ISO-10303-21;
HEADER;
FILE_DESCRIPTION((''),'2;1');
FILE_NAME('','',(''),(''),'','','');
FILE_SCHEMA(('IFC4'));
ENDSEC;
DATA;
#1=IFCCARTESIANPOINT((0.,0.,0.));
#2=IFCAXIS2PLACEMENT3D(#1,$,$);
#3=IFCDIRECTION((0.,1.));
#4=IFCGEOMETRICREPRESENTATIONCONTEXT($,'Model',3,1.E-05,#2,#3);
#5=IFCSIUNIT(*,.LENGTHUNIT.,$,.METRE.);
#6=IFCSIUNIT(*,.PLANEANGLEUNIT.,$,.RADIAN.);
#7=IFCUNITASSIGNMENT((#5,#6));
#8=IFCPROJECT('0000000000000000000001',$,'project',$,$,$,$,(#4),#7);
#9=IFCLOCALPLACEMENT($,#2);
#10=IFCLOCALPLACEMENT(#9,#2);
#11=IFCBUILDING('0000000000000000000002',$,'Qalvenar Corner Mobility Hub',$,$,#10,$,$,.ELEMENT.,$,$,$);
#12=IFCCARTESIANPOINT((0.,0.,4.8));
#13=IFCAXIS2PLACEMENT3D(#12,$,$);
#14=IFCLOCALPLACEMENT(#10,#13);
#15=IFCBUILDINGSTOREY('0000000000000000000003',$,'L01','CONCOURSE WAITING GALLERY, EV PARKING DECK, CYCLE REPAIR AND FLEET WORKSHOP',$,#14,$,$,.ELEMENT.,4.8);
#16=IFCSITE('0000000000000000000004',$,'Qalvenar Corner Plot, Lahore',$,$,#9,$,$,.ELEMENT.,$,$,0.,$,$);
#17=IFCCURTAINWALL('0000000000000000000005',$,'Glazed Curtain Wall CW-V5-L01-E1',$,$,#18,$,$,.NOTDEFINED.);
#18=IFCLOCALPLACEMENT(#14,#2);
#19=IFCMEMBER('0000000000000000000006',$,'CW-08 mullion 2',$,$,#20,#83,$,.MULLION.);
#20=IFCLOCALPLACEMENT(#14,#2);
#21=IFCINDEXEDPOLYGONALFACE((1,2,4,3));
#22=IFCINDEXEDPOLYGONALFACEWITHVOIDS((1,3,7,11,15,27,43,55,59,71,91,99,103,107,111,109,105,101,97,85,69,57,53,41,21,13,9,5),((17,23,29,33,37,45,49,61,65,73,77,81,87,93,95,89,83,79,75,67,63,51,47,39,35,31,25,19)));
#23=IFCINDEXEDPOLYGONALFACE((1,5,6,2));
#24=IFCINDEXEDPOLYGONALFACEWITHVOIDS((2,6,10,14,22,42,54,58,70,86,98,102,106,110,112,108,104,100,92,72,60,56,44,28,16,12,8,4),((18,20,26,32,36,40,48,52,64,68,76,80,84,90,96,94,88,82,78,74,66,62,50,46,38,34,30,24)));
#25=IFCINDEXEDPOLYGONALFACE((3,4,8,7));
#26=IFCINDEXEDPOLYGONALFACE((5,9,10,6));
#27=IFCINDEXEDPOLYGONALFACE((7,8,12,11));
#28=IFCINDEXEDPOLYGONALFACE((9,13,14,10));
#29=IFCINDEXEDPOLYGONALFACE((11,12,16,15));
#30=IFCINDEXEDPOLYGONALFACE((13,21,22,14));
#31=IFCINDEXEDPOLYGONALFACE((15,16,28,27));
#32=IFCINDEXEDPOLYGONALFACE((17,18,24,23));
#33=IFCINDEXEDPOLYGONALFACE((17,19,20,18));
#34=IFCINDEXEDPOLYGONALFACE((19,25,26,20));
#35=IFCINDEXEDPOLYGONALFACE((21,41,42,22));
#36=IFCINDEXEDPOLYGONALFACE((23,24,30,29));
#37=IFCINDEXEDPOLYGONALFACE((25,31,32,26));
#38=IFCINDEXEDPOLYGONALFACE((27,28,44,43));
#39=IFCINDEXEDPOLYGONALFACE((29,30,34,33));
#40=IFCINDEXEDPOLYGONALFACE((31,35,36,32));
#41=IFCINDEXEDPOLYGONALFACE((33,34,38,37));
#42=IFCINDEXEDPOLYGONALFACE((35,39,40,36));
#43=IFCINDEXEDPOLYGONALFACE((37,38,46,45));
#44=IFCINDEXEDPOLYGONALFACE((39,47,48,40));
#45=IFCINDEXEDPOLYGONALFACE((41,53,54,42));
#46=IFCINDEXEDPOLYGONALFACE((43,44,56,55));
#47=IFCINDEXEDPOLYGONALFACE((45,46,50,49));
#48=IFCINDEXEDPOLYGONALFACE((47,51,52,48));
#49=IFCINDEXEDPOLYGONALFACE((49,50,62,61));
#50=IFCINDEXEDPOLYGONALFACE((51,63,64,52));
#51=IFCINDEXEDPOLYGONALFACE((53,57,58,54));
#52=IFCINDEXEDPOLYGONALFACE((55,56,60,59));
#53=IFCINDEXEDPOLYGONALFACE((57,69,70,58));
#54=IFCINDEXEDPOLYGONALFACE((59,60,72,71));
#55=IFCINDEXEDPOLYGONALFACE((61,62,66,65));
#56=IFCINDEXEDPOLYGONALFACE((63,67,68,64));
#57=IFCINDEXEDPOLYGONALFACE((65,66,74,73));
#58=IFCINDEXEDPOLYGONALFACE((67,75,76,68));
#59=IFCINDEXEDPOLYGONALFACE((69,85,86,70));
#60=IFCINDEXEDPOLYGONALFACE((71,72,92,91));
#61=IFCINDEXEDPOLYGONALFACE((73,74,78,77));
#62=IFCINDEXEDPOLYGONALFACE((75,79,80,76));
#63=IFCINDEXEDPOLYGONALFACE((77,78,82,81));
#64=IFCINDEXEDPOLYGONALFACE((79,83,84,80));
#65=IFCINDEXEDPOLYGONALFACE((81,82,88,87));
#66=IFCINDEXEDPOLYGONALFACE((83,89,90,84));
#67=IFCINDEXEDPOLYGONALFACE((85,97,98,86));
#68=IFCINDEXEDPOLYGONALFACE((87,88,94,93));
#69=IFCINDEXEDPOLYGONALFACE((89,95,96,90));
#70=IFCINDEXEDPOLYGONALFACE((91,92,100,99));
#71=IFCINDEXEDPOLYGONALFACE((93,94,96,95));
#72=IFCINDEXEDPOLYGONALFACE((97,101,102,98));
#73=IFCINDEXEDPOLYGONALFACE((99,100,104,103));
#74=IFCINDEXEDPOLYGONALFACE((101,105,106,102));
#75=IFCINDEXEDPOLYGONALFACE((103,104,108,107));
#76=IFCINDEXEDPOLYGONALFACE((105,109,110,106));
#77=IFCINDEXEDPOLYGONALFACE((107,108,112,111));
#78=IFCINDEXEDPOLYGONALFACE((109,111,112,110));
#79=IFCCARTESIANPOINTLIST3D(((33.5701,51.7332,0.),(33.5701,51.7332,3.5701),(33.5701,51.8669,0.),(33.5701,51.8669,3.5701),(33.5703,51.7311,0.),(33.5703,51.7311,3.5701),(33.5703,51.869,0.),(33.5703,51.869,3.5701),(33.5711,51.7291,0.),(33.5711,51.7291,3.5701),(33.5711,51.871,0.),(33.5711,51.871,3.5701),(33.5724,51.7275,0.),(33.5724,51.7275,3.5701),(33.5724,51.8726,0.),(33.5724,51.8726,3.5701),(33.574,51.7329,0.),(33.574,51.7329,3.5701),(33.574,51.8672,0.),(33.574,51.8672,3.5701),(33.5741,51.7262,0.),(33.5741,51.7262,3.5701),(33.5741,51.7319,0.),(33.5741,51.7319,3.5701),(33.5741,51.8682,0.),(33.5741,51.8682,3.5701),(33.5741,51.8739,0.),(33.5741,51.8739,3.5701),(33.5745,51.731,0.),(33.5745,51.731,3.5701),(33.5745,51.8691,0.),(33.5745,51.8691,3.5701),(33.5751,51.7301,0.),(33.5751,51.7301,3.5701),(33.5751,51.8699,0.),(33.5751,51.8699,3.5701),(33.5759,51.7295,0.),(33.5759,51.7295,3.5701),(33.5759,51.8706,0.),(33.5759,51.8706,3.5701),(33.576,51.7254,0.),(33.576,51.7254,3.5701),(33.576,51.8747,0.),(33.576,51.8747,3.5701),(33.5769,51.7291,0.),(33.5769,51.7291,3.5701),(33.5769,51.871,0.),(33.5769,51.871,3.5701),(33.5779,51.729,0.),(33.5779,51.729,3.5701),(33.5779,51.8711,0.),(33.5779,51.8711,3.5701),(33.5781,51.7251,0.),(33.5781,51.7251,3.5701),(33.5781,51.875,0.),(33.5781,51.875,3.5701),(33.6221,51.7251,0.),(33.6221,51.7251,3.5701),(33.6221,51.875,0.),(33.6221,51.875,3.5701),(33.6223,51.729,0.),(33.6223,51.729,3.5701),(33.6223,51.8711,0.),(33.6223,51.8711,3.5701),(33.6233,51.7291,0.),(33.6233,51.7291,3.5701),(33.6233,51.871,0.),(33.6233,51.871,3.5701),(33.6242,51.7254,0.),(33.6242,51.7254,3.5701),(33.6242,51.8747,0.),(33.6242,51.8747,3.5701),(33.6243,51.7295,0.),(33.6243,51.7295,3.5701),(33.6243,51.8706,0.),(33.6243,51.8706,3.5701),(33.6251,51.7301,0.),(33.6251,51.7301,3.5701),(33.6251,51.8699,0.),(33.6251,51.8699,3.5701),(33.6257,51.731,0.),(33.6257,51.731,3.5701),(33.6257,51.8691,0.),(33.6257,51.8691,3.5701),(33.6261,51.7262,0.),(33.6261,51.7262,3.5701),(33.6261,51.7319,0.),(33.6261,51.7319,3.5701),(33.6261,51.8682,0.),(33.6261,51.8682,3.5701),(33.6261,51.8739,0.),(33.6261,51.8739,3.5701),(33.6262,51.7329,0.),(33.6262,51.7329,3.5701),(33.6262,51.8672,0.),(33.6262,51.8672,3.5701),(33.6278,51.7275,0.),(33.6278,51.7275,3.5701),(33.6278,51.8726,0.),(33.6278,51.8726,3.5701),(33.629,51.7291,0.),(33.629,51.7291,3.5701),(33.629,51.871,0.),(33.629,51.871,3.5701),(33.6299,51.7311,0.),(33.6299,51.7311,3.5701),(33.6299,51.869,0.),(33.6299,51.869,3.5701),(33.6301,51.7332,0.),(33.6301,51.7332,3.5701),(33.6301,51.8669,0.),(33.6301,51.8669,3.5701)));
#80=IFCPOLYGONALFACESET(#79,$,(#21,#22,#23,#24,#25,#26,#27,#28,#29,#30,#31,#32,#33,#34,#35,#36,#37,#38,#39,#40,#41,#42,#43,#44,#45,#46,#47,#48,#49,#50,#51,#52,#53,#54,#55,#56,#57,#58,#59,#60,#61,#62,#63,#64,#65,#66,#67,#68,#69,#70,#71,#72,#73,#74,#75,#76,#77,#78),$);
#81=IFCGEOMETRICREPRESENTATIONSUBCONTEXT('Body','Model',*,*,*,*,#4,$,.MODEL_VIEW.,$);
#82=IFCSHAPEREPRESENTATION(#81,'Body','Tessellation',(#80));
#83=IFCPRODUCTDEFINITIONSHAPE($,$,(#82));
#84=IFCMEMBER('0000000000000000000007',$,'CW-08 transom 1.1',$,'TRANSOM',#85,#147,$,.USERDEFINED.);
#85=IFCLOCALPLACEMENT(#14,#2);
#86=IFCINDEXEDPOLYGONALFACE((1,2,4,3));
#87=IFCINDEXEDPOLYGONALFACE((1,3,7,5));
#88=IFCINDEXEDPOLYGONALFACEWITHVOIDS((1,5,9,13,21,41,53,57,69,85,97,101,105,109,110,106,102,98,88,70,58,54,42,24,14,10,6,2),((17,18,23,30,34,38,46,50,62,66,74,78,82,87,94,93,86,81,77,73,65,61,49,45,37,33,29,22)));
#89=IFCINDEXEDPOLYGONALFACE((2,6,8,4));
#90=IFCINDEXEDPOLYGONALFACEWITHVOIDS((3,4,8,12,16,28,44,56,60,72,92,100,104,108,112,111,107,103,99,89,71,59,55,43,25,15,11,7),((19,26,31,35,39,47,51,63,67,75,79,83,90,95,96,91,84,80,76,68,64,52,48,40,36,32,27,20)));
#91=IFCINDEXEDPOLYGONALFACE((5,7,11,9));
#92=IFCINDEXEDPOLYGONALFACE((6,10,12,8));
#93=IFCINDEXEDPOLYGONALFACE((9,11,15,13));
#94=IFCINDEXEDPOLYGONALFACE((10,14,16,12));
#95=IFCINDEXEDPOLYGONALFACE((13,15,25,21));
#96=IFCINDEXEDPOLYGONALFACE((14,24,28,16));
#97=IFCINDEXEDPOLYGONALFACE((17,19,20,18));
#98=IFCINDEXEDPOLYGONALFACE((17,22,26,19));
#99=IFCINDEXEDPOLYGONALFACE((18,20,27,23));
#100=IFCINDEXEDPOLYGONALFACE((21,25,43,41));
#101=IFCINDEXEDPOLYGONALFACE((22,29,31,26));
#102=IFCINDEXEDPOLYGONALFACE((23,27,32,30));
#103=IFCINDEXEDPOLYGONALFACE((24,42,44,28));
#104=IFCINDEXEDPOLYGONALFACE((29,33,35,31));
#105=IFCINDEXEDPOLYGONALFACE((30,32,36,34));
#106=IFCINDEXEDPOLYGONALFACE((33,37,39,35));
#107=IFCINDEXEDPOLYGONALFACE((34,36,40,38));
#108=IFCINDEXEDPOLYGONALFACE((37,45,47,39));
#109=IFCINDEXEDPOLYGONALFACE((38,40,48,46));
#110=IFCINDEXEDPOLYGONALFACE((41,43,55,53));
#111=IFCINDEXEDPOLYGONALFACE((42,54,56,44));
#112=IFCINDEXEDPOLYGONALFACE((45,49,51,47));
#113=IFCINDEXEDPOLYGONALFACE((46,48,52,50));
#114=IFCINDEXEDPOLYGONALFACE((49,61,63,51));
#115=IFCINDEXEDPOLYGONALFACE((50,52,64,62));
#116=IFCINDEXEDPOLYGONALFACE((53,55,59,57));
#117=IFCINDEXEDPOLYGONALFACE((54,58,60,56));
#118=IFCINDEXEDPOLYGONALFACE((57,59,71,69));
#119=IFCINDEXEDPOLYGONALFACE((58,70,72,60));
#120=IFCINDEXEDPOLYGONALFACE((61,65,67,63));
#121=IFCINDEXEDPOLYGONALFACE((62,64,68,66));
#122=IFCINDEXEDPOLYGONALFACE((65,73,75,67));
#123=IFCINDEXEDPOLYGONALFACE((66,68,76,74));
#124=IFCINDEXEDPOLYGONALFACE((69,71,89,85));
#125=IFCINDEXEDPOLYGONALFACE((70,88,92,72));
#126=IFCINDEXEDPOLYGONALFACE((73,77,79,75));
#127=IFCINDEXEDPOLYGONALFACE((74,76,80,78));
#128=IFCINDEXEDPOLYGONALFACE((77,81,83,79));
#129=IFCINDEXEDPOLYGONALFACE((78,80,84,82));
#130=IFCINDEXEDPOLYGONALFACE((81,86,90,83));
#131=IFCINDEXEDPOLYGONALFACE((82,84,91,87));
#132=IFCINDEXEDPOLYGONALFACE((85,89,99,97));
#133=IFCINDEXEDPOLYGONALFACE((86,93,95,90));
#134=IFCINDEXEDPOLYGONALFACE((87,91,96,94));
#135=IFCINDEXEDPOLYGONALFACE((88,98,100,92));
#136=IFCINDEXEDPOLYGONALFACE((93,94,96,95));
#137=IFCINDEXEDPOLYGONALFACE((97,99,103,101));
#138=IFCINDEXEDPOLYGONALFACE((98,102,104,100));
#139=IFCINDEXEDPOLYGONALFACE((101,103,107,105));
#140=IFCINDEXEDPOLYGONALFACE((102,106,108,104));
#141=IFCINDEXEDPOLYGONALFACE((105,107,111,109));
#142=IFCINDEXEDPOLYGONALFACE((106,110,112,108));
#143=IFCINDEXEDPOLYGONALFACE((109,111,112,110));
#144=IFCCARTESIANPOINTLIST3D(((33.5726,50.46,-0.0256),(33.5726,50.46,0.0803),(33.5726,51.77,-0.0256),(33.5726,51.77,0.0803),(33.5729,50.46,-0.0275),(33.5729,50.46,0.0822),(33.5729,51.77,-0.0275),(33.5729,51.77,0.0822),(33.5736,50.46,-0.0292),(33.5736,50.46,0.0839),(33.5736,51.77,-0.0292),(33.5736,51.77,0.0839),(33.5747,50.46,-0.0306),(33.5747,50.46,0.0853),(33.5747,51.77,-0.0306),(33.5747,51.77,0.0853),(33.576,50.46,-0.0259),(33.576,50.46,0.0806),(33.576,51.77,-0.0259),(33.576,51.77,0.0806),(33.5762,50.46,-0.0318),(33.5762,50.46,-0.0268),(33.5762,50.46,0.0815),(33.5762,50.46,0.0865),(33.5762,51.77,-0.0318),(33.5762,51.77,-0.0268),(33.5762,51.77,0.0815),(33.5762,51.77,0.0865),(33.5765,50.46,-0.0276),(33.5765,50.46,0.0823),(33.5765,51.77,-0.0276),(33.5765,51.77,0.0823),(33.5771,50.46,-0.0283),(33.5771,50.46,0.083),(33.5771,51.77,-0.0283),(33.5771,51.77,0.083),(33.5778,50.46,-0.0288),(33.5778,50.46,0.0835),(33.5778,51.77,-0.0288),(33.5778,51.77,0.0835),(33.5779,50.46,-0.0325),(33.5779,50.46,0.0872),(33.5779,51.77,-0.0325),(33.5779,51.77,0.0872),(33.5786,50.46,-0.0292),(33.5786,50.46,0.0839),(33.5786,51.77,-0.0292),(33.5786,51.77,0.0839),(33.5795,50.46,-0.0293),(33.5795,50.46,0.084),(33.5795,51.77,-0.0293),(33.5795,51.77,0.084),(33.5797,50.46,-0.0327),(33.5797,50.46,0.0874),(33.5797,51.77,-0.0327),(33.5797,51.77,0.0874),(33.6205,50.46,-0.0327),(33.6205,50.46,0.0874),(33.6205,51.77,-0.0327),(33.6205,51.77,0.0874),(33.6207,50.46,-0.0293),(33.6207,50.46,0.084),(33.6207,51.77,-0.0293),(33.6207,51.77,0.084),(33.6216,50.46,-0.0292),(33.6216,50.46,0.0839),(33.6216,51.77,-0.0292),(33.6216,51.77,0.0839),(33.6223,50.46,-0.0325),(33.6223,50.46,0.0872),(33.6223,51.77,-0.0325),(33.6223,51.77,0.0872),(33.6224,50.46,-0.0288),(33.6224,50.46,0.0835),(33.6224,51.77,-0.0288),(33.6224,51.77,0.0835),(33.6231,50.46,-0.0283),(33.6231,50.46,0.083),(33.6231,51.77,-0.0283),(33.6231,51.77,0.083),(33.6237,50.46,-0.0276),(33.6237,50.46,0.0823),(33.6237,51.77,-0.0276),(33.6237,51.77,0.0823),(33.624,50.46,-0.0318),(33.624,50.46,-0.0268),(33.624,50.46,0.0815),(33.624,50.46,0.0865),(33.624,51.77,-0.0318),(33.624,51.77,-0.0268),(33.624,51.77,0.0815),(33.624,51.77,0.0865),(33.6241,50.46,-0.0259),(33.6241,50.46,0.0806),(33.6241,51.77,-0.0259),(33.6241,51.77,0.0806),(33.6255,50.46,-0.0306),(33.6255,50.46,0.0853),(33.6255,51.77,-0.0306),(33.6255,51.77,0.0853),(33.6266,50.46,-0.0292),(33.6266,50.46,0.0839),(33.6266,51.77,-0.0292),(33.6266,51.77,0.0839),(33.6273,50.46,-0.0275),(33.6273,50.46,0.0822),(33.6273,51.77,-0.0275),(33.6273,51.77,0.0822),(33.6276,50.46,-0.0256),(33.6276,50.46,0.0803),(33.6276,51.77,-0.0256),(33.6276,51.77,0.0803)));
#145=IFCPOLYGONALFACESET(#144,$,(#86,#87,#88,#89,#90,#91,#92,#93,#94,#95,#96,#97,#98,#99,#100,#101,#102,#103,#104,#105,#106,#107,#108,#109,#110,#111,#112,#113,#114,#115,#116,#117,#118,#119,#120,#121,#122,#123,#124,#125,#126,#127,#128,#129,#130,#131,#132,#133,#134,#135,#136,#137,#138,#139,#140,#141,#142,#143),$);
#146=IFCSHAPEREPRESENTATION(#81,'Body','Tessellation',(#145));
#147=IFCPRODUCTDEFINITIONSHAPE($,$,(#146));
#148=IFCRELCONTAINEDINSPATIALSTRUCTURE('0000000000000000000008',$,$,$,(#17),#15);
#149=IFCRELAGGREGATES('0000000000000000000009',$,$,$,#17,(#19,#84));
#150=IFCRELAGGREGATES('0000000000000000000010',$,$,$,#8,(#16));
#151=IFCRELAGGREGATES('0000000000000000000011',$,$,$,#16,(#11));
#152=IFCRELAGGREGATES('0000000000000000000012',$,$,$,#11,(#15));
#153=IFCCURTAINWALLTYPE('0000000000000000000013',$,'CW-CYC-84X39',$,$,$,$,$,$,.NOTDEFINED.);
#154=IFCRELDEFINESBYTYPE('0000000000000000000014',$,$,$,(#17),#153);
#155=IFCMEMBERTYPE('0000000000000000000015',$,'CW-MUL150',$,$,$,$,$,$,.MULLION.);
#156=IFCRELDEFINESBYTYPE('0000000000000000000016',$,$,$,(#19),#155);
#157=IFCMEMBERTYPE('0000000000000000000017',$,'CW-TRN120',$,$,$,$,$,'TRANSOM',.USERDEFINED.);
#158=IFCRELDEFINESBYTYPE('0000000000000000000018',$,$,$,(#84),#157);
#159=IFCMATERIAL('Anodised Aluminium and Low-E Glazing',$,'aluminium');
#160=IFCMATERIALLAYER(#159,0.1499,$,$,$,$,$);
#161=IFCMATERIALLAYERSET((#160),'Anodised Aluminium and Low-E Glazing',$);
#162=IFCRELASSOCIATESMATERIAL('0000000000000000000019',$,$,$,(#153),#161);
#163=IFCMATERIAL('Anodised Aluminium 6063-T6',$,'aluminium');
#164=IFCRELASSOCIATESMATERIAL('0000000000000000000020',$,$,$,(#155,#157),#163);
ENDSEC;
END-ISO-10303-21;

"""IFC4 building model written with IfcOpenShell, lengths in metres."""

from ifc_helpers import new_model, si_unit, direction, frame, origin, origin_2d, place, context, subcontext, project, spatial, hollow_rectangle, extrude, material, layer, layer_set, material_profile, profile_set, type_object, element, aggregate, save


model = new_model("IFC4")

# Units and contexts
model_context = context("Model", 3, precision=1e-05, world=origin(), true_north=direction((0.0, 1.0)))
body_context = subcontext(model_context, "Body", "Model", "MODEL_VIEW")
ifc_project = project(units=[si_unit("LENGTHUNIT", "METRE"), si_unit("PLANEANGLEUNIT", "RADIAN")], contexts=[model_context])

# Site, building, storey
site_placement = place(None, origin())
site = spatial("IfcSite", under=ifc_project, at=site_placement, Name="Qalvenar Corner Plot, Lahore", CompositionType="ELEMENT", RefElevation=0.0)
building_placement = place(site_placement, origin())
building = spatial("IfcBuilding", under=site, at=building_placement, Name="Qalvenar Corner Mobility Hub", CompositionType="ELEMENT")
storey_placement = place(building_placement, frame((0.0, 0.0, 4.8)))
storey = spatial("IfcBuildingStorey", under=building, at=storey_placement, Name="L01", Description="CONCOURSE WAITING GALLERY, EV PARKING DECK, CYCLE REPAIR AND FLEET WORKSHOP", CompositionType="ELEMENT", Elevation=4.8)

# Curtain wall, members
ifc_material_1 = material(Name="Anodised Aluminium and Low-E Glazing", Category="aluminium")
ifc_layer_1 = layer(ifc_material_1, 0.1499)
ifc_layer_set_1 = layer_set([ifc_layer_1], Name="Anodised Aluminium and Low-E Glazing")
curtain_wall_type = type_object("IfcCurtainWallType", Name="CW-CYC-84X39", PredefinedType="NOTDEFINED", material=ifc_layer_set_1)
curtain_wall_placement = place(storey_placement, origin())
curtain_wall = element("IfcCurtainWall", 1, at=curtain_wall_placement, inside=storey, type_object=curtain_wall_type, Name="Glazed Curtain Wall CW-V5-L01-E1", PredefinedType="NOTDEFINED")
ifc_material_2 = material(Name="Anodised Aluminium 6063-T6", Category="aluminium")
ifc_material_profile_1 = material_profile(ifc_material_2, hollow_rectangle(XDim=0.0601, YDim=0.1499, WallThickness=0.0039, InnerFilletRadius=0.0039, OuterFilletRadius=0.0081, at=origin_2d()), Name="RHS150x60x4")
ifc_profile_set_1 = profile_set([ifc_material_profile_1], Name="Anodised Aluminium 6063-T6")
member_type_1 = type_object("IfcMemberType", Name="CW-MUL150", PredefinedType="MULLION", material=ifc_profile_set_1)
member_1_placement = place(storey_placement, frame((33.6001, 51.8, 0.0), z_axis=(0.0, 0.0, 1.0), x_axis=(-1.0, 0.0, 0.0)))
member_1 = element("IfcMember", 2, at=member_1_placement, type_object=member_type_1, Name="CW-08 mullion 2", PredefinedType="MULLION", context=body_context, shape_type="SweptSolid", body=[
    extrude(hollow_rectangle(XDim=0.0601, YDim=0.1499, WallThickness=0.0039, InnerFilletRadius=0.0039, OuterFilletRadius=0.0081, at=origin_2d()), origin(), (0.0, 0.0, 1.0), 3.5701),
])
ifc_material_profile_2 = material_profile(ifc_material_2, hollow_rectangle(XDim=0.0549, YDim=0.1201, WallThickness=0.0034, InnerFilletRadius=0.0034, OuterFilletRadius=0.0071, at=origin_2d()), Name="RHS120x55x3.5")
ifc_profile_set_2 = profile_set([ifc_material_profile_2], Name="Anodised Aluminium 6063-T6")
member_type_2 = type_object("IfcMemberType", Name="CW-TRN120", ElementType="TRANSOM", PredefinedType="USERDEFINED", material=ifc_profile_set_2)
member_2_placement = place(storey_placement, frame((33.6001, 50.46, 0.0273), z_axis=(0.0, 1.0, 0.0), x_axis=(-1.0, 0.0, 0.0)))
member_2 = element("IfcMember", 3, at=member_2_placement, type_object=member_type_2, Name="CW-08 transom 1.1", ObjectType="TRANSOM", PredefinedType="USERDEFINED", context=body_context, shape_type="SweptSolid", body=[
    extrude(hollow_rectangle(XDim=0.0549, YDim=0.1201, WallThickness=0.0034, InnerFilletRadius=0.0034, OuterFilletRadius=0.0071, at=origin_2d()), origin(), (0.0, 0.0, 1.0), 1.3101),
])
aggregate(curtain_wall, [member_1, member_2])

save(model, "model.ifc")
